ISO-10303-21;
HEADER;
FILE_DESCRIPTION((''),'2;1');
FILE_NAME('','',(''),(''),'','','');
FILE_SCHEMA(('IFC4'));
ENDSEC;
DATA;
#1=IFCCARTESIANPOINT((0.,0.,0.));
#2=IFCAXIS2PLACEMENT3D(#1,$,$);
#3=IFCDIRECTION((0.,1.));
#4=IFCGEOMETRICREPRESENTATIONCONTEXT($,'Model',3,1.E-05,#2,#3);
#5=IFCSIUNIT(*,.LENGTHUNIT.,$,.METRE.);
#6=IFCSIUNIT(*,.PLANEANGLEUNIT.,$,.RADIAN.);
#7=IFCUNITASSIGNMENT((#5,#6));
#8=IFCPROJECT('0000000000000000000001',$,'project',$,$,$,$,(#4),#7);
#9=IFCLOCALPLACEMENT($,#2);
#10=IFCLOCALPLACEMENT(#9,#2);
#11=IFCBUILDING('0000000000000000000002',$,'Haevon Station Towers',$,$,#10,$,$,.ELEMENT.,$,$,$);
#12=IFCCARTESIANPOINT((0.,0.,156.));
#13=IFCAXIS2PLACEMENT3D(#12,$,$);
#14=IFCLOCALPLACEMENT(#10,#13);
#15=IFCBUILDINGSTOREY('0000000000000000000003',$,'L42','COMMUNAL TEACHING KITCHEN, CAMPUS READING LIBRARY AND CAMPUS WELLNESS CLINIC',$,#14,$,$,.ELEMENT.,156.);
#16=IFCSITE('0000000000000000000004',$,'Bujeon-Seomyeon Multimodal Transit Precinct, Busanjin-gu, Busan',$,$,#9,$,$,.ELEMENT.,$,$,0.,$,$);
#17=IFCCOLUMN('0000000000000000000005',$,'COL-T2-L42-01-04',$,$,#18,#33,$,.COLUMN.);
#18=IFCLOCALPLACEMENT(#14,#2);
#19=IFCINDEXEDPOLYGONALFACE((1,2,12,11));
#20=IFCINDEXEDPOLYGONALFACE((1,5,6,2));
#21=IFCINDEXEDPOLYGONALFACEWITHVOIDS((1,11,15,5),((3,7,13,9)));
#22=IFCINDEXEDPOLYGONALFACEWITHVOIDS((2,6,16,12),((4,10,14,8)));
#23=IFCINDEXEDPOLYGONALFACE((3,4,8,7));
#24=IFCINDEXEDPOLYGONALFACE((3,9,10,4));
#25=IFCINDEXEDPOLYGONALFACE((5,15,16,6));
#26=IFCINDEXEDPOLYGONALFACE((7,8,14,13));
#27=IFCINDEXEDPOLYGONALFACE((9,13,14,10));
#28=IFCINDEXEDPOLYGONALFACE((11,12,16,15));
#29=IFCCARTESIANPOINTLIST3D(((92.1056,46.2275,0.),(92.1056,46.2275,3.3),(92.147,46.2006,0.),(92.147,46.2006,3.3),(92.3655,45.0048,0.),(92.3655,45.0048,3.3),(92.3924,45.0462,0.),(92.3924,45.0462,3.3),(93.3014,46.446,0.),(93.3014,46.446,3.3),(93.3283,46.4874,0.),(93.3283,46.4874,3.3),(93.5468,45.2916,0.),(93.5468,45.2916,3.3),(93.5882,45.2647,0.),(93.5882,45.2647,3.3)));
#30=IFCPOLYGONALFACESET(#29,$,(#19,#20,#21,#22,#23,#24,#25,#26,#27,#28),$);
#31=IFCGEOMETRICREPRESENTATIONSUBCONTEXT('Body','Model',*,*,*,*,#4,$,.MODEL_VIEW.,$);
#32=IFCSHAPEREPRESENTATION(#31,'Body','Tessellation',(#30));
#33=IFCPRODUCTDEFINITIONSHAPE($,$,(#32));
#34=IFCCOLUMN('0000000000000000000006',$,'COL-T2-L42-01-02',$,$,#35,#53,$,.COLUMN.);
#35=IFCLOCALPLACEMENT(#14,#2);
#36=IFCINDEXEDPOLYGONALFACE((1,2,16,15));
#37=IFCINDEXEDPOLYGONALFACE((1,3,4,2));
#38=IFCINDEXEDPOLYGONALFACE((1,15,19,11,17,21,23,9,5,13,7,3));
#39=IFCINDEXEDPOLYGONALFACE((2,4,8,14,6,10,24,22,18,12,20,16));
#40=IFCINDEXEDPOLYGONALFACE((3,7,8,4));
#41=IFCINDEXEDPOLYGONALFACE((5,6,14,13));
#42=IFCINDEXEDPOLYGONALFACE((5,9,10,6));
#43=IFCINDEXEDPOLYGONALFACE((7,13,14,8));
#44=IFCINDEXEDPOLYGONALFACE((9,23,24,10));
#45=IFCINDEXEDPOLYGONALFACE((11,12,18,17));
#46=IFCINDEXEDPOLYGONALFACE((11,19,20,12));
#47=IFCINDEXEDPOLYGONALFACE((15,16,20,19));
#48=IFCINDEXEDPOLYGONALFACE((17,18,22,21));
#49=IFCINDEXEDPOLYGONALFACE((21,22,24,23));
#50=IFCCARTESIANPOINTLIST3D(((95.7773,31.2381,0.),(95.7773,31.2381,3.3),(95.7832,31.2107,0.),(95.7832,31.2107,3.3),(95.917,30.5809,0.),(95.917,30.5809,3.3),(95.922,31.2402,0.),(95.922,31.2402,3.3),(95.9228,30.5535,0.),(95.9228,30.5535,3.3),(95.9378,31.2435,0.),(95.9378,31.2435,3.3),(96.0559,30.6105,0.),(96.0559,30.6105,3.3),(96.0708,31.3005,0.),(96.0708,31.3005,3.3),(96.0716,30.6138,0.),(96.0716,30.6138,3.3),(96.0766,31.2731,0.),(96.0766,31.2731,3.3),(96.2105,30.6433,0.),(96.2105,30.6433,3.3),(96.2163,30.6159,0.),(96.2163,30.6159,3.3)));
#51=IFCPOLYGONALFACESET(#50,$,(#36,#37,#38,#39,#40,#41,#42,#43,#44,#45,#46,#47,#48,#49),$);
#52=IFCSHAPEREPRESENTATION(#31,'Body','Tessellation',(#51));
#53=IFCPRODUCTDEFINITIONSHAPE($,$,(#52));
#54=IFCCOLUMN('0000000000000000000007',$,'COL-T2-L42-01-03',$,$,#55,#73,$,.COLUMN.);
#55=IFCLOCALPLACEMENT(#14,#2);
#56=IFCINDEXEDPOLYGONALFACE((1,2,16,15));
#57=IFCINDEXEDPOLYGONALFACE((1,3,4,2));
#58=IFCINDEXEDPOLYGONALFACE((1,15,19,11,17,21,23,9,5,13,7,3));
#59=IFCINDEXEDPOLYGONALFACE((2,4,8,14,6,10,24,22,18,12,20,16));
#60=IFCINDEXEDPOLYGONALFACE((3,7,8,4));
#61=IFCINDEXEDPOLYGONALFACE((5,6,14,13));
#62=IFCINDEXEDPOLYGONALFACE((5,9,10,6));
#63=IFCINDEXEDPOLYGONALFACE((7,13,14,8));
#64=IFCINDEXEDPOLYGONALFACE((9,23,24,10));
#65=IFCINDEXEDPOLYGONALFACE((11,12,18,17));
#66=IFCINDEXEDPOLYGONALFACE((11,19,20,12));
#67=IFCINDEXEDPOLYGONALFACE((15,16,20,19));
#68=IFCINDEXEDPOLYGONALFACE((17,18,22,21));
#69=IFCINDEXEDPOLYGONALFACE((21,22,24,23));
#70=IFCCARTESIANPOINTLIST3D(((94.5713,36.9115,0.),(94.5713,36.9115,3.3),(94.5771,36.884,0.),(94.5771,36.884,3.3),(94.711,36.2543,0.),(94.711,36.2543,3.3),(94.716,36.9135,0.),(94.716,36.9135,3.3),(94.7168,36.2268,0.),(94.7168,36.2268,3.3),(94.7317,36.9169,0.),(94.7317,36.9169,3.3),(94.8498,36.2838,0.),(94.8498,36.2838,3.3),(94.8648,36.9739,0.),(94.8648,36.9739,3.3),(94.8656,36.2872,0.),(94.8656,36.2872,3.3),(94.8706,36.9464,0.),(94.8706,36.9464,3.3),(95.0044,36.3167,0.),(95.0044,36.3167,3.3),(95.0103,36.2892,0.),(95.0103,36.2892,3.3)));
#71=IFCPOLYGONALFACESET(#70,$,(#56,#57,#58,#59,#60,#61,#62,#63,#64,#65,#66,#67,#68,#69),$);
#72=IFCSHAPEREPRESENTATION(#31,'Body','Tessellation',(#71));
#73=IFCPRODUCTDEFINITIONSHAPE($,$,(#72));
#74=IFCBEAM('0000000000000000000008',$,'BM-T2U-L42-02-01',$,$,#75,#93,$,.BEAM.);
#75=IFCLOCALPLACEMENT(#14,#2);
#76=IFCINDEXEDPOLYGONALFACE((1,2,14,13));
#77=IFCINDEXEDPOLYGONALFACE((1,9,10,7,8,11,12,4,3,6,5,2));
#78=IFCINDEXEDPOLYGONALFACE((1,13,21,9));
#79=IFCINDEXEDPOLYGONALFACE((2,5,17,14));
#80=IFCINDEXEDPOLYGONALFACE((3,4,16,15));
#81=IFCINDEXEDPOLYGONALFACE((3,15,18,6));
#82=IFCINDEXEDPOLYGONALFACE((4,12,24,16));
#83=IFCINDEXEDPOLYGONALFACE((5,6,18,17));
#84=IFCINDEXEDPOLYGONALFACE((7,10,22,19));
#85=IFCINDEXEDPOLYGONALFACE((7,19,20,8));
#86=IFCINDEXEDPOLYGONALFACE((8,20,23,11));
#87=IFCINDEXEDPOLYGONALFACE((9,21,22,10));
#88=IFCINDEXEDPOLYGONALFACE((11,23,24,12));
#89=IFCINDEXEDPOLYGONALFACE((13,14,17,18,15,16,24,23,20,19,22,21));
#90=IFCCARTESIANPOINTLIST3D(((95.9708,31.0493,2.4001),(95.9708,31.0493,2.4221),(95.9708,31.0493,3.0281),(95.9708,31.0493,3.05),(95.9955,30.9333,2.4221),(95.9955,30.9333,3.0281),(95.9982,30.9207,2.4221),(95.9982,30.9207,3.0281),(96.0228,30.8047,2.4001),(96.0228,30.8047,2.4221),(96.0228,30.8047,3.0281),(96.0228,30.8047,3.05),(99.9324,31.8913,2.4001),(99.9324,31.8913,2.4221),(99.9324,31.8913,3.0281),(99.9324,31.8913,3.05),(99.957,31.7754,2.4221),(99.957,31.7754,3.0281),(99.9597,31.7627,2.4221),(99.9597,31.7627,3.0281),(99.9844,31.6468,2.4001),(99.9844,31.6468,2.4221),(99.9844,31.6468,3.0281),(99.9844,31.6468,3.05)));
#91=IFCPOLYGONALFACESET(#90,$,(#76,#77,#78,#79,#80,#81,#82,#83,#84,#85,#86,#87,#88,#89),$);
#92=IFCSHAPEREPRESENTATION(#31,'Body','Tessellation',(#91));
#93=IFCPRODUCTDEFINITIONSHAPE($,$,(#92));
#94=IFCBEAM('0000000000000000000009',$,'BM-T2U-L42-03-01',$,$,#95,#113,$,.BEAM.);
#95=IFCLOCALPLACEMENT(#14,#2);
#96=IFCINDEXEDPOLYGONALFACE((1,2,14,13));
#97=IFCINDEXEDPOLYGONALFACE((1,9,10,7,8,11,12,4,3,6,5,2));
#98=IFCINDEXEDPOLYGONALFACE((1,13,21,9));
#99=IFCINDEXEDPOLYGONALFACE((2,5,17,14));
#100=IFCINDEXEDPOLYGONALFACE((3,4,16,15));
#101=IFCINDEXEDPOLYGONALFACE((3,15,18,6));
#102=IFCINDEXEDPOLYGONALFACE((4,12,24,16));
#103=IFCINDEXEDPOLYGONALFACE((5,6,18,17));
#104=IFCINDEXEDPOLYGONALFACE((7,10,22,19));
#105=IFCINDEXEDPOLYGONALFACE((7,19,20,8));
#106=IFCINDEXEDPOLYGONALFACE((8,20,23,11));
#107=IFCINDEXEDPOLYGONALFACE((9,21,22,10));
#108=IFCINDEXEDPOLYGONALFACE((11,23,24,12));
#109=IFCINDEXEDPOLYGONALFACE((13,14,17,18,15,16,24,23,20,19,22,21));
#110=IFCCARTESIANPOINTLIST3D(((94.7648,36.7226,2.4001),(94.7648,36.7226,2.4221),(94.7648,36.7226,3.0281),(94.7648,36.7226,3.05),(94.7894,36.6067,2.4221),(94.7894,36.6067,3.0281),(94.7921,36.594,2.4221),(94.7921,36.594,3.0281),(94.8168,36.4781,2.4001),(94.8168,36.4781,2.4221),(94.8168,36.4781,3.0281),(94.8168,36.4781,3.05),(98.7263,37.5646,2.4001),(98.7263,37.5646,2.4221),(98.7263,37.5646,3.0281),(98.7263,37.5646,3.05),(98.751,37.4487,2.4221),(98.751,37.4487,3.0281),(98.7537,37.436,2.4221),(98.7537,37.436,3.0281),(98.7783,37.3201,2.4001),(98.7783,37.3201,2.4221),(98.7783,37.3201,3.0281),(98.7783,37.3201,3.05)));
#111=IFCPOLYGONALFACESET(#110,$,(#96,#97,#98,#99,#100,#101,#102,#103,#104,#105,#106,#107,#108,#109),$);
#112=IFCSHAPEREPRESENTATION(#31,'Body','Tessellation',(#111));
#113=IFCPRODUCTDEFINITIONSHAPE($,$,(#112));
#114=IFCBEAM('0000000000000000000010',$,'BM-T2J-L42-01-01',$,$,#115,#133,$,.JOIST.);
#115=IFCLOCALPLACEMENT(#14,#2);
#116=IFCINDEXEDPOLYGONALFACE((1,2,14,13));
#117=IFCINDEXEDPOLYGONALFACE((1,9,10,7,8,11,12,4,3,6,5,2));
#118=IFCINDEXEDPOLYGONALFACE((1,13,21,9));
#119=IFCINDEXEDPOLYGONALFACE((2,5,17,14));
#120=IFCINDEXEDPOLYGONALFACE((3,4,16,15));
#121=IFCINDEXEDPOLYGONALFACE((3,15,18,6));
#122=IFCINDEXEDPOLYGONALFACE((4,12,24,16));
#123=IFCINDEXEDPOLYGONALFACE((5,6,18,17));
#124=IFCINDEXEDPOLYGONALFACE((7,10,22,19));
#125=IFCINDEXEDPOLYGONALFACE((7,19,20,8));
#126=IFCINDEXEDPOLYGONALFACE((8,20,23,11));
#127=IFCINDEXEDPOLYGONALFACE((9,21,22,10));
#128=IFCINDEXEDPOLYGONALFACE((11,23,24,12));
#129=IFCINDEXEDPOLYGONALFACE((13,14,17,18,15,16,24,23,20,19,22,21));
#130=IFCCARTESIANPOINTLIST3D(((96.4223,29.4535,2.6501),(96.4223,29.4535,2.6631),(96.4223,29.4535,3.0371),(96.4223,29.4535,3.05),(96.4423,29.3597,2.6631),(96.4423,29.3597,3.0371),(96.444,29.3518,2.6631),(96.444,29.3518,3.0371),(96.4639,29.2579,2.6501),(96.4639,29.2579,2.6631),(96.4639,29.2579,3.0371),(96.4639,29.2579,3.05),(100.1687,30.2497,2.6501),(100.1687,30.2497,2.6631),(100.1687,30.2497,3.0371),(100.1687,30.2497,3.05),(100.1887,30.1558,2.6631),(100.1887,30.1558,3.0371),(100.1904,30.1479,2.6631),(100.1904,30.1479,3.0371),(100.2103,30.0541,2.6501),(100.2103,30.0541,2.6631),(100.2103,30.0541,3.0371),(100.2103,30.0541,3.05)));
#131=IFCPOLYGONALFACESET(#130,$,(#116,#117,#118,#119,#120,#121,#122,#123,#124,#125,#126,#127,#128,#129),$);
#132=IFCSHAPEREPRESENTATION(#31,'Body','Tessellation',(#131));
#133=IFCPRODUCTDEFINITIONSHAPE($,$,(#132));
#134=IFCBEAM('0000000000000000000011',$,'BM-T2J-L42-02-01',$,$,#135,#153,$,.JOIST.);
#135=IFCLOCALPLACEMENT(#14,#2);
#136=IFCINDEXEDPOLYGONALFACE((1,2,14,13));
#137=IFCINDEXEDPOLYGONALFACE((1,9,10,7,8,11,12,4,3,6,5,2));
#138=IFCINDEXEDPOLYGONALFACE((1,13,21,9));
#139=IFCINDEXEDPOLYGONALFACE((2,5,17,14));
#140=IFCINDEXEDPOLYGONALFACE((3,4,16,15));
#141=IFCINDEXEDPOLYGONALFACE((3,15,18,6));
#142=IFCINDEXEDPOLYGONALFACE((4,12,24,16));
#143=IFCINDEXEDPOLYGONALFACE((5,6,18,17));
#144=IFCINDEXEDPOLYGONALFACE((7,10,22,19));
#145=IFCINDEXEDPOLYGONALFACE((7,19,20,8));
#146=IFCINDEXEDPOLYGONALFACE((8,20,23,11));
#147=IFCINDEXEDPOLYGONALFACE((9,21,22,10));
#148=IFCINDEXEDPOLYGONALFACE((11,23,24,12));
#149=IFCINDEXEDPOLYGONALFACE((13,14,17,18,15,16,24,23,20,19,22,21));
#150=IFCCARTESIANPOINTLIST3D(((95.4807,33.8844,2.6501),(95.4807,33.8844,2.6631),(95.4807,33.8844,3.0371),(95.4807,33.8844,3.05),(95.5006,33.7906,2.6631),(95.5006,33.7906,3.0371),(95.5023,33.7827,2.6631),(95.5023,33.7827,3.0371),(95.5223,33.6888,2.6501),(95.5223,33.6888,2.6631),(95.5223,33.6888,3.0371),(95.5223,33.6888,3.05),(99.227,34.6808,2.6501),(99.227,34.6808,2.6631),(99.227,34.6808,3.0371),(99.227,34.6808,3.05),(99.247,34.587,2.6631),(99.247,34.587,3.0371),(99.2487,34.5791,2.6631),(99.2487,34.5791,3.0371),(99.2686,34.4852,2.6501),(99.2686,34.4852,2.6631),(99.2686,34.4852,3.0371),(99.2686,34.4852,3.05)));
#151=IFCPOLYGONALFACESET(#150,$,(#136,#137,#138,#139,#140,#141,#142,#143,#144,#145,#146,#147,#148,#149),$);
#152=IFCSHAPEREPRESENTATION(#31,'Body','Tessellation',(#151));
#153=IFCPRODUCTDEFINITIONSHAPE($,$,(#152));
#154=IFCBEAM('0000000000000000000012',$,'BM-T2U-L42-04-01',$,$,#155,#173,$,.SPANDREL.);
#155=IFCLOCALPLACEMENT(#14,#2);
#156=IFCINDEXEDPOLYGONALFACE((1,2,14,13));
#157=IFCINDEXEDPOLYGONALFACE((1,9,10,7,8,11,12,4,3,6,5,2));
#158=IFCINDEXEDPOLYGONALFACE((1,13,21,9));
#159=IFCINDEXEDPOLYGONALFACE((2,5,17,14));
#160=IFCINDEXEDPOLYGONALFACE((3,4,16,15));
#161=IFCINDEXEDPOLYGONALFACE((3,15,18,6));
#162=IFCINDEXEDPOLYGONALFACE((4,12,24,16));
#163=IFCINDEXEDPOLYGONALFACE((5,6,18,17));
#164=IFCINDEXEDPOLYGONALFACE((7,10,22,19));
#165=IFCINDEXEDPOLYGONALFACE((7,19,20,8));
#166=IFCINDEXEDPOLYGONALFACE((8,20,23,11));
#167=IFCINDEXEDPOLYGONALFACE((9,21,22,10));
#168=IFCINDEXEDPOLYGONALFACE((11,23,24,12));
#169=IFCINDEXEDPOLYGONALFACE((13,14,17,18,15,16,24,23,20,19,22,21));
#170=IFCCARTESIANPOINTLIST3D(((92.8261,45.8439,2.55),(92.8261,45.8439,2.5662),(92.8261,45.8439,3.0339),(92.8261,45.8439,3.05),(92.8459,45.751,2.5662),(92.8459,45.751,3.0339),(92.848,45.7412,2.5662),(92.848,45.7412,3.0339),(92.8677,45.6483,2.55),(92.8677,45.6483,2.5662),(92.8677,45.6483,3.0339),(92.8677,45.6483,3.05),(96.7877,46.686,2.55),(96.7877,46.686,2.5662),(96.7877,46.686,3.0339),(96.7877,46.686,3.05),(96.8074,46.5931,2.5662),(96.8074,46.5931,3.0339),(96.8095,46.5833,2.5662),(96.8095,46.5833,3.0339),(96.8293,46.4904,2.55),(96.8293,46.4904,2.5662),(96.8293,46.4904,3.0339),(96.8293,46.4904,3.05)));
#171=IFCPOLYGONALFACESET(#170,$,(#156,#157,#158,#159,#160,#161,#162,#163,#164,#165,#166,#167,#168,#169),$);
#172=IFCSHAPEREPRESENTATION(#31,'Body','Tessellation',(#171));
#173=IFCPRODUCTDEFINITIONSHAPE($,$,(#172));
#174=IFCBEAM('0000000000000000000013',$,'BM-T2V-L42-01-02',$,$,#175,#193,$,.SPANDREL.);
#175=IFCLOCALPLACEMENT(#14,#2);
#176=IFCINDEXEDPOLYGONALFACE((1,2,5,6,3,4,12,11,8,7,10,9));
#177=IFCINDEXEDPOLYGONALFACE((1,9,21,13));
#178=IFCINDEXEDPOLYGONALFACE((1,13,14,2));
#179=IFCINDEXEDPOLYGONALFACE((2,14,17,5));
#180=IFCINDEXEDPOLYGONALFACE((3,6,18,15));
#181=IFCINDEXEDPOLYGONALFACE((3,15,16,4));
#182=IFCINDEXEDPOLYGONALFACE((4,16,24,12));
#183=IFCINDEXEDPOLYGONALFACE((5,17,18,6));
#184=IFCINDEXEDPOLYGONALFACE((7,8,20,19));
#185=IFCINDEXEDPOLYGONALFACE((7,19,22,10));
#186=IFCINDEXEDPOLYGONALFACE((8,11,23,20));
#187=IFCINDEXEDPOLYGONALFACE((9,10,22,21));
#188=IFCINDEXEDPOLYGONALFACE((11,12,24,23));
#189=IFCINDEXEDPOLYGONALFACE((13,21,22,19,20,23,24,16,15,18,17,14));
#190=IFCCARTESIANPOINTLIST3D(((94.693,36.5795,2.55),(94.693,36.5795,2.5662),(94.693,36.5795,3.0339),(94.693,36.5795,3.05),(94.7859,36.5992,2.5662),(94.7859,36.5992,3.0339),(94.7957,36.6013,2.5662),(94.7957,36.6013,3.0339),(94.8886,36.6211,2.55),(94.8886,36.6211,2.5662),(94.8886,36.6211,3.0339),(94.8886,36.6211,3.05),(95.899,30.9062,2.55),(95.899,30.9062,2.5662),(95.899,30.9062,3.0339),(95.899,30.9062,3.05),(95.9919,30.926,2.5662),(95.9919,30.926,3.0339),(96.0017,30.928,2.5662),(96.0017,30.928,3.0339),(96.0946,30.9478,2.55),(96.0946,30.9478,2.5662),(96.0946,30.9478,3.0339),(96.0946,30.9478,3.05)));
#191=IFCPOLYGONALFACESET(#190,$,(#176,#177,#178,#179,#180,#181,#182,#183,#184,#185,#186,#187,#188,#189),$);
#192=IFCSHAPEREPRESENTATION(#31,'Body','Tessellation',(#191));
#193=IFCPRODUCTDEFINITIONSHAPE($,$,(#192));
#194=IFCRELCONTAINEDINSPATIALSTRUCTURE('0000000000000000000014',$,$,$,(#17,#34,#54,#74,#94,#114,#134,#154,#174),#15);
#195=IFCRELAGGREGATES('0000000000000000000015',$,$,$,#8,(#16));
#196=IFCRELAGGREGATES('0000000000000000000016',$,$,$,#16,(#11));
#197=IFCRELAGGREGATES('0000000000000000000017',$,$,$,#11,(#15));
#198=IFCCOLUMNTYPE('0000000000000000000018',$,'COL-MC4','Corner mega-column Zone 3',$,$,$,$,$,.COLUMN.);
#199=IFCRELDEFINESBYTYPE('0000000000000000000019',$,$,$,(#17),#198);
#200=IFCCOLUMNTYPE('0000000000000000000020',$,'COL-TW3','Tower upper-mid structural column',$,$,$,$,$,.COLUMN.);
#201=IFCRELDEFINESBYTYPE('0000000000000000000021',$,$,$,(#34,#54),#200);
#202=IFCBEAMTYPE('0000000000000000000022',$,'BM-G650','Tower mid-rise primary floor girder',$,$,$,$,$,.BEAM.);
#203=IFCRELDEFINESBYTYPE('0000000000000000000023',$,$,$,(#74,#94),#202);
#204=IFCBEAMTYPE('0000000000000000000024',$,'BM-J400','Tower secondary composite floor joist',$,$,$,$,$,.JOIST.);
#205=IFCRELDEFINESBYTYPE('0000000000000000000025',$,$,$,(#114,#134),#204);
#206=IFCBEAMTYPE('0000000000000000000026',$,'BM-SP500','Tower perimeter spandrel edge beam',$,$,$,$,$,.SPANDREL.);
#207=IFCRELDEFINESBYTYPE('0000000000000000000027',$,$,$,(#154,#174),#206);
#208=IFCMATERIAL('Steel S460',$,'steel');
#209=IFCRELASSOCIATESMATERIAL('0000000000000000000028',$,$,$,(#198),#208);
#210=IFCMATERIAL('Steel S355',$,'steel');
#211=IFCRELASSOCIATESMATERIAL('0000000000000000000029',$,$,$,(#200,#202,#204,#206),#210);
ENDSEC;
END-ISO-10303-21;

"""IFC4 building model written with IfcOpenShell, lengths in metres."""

from ifc_helpers import new_model, si_unit, direction, frame, origin, origin_2d, place, context, subcontext, project, spatial, hollow_rectangle, i_section, extrude, material, material_profile, profile_set, type_object, element, save


model = new_model("IFC4")

# Units and contexts
model_context = context("Model", 3, precision=1e-05, world=origin(), true_north=direction((0.0, 1.0)))
body_context = subcontext(model_context, "Body", "Model", "MODEL_VIEW")
ifc_project = project(units=[si_unit("LENGTHUNIT", "METRE"), si_unit("PLANEANGLEUNIT", "RADIAN")], contexts=[model_context])

# Site, building, storey
site_placement = place(None, origin())
site = spatial("IfcSite", under=ifc_project, at=site_placement, Name="Bujeon-Seomyeon Multimodal Transit Precinct, Busanjin-gu, Busan", CompositionType="ELEMENT", RefElevation=0.0)
building_placement = place(site_placement, origin())
building = spatial("IfcBuilding", under=site, at=building_placement, Name="Haevon Station Towers", CompositionType="ELEMENT")
storey_placement = place(building_placement, frame((0.0, 0.0, 156.0)))
storey = spatial("IfcBuildingStorey", under=building, at=storey_placement, Name="L42", Description="COMMUNAL TEACHING KITCHEN, CAMPUS READING LIBRARY AND CAMPUS WELLNESS CLINIC", CompositionType="ELEMENT", Elevation=156.0)

# Columns
ifc_material_1 = material(Name="Steel S460", Category="steel")
ifc_material_profile_1 = material_profile(ifc_material_1, hollow_rectangle(XDim=1.25, YDim=1.25, WallThickness=0.0349, at=origin_2d()), Name="BOX-1250x1250x35")
ifc_profile_set_1 = profile_set([ifc_material_profile_1], Name="Steel S460")
column_type_1 = type_object("IfcColumnType", Name="COL-MC4", Description="Corner mega-column Zone 3", PredefinedType="COLUMN", material=ifc_profile_set_1)
column_placement = place(storey_placement, frame((92.8469, 45.7461, 0.0), z_axis=(0.0, 0.0, 1.0), x_axis=(0.978148, 0.207912, 0.0)))
element("IfcColumn", 1, at=column_placement, inside=storey, type_object=column_type_1, Name="COL-T2-L42-01-04", PredefinedType="COLUMN", context=body_context, shape_type="SweptSolid", body=[
    extrude(hollow_rectangle(XDim=1.25, YDim=1.25, WallThickness=0.0349, at=origin_2d()), origin(), (0.0, 0.0, 1.0), 3.3),
])
ifc_material_2 = material(Name="Steel S355", Category="steel")
ifc_material_profile_2 = material_profile(ifc_material_2, i_section(OverallWidth=0.3, OverallDepth=0.7, WebThickness=0.0161, FlangeThickness=0.0281, at=origin_2d()), Name="H-700x300x16x28")
ifc_profile_set_2 = profile_set([ifc_material_profile_2], Name="Steel S355")
column_type_2 = type_object("IfcColumnType", Name="COL-TW3", Description="Tower upper-mid structural column", PredefinedType="COLUMN", material=ifc_profile_set_2)
for number, where, z_axis, x_axis, name in (
    (2, (95.9968, 30.927, 0.0), (0.0, 0.0, 1.0), (0.978148, 0.207912, 0.0), "COL-T2-L42-01-02"),
    (3, (94.7908, 36.6003, 0.0), (0.0, 0.0, 1.0), (0.978148, 0.207912, 0.0), "COL-T2-L42-01-03"),
):
    element("IfcColumn", number, at=place(storey_placement, frame(where, z_axis=z_axis, x_axis=x_axis)), inside=storey, type_object=column_type_2, Name=name, PredefinedType="COLUMN", context=body_context, shape_type="SweptSolid", body=[
        extrude(i_section(OverallWidth=0.3, OverallDepth=0.7, WebThickness=0.0161, FlangeThickness=0.0281, at=origin_2d()), origin(), (0.0, 0.0, 1.0), 3.3),
    ])

# Beams
ifc_material_profile_3 = material_profile(ifc_material_2, i_section(OverallWidth=0.25, OverallDepth=0.6499, WebThickness=0.0129, FlangeThickness=0.022, at=origin_2d()), Name="H-650x250x13x22")
ifc_profile_set_3 = profile_set([ifc_material_profile_3], Name="Steel S355")
beam_type_1 = type_object("IfcBeamType", Name="BM-G650", Description="Tower mid-rise primary floor girder", PredefinedType="BEAM", material=ifc_profile_set_3)
for number, where, z_axis, x_axis, name in (
    (4, (95.9968, 30.927, 2.7251), (0.978147, 0.207915, 0.0), (-0.207915, 0.978147, 0.0), "BM-T2U-L42-02-01"),
    (5, (94.7908, 36.6003, 2.7251), (0.97815, 0.207903, 0.0), (-0.207903, 0.97815, 0.0), "BM-T2U-L42-03-01"),
):
    element("IfcBeam", number, at=place(storey_placement, frame(where, z_axis=z_axis, x_axis=x_axis)), inside=storey, type_object=beam_type_1, Name=name, PredefinedType="BEAM", context=body_context, shape_type="SweptSolid", body=[
        extrude(i_section(OverallWidth=0.25, OverallDepth=0.6499, WebThickness=0.0129, FlangeThickness=0.022, at=origin_2d()), origin(), (0.0, 0.0, 1.0), 4.05),
    ])
ifc_material_profile_4 = material_profile(ifc_material_2, i_section(OverallWidth=0.2, OverallDepth=0.3999, WebThickness=0.0081, FlangeThickness=0.0129, at=origin_2d()), Name="H-400x200x8x13")
ifc_profile_set_4 = profile_set([ifc_material_profile_4], Name="Steel S355")
beam_type_2 = type_object("IfcBeamType", Name="BM-J400", Description="Tower secondary composite floor joist", PredefinedType="JOIST", material=ifc_profile_set_4)
for number, where, z_axis, x_axis, name in (
    (6, (96.4431, 29.3557, 2.8501), (0.978156, 0.20787, 0.0), (-0.20787, 0.978156, 0.0), "BM-T2J-L42-01-01"),
    (7, (95.5015, 33.7866, 2.8501), (0.978143, 0.207931, 0.0), (-0.207931, 0.978143, 0.0), "BM-T2J-L42-02-01"),
):
    element("IfcBeam", number, at=place(storey_placement, frame(where, z_axis=z_axis, x_axis=x_axis)), inside=storey, type_object=beam_type_2, Name=name, PredefinedType="JOIST", context=body_context, shape_type="SweptSolid", body=[
        extrude(i_section(OverallWidth=0.2, OverallDepth=0.3999, WebThickness=0.0081, FlangeThickness=0.0129, at=origin_2d()), origin(), (0.0, 0.0, 1.0), 3.8301),
    ])
ifc_material_profile_5 = material_profile(ifc_material_2, i_section(OverallWidth=0.2, OverallDepth=0.5, WebThickness=0.01, FlangeThickness=0.0161, at=origin_2d()), Name="H-500x200x10x16")
ifc_profile_set_5 = profile_set([ifc_material_profile_5], Name="Steel S355")
beam_type_3 = type_object("IfcBeamType", Name="BM-SP500", Description="Tower perimeter spandrel edge beam", PredefinedType="SPANDREL", material=ifc_profile_set_5)
beam_1_placement = place(storey_placement, frame((92.8469, 45.7461, 2.8), z_axis=(0.978147, 0.207915, 0.0), x_axis=(-0.207915, 0.978147, 0.0)))
element("IfcBeam", 8, at=beam_1_placement, inside=storey, type_object=beam_type_3, Name="BM-T2U-L42-04-01", PredefinedType="SPANDREL", context=body_context, shape_type="SweptSolid", body=[
    extrude(i_section(OverallWidth=0.2, OverallDepth=0.5, WebThickness=0.01, FlangeThickness=0.0161, at=origin_2d()), origin(), (0.0, 0.0, 1.0), 4.05),
])
beam_2_placement = place(storey_placement, frame((95.9968, 30.927, 2.8), z_axis=(-0.207936, 0.978142, 0.0), x_axis=(-0.978142, -0.207936, 0.0)))
element("IfcBeam", 9, at=beam_2_placement, inside=storey, type_object=beam_type_3, Name="BM-T2V-L42-01-02", PredefinedType="SPANDREL", context=body_context, shape_type="SweptSolid", body=[
    extrude(i_section(OverallWidth=0.2, OverallDepth=0.5, WebThickness=0.01, FlangeThickness=0.0161, at=origin_2d()), origin(), (0.0, 0.0, 1.0), 5.8),
])

save(model, "model.ifc")
